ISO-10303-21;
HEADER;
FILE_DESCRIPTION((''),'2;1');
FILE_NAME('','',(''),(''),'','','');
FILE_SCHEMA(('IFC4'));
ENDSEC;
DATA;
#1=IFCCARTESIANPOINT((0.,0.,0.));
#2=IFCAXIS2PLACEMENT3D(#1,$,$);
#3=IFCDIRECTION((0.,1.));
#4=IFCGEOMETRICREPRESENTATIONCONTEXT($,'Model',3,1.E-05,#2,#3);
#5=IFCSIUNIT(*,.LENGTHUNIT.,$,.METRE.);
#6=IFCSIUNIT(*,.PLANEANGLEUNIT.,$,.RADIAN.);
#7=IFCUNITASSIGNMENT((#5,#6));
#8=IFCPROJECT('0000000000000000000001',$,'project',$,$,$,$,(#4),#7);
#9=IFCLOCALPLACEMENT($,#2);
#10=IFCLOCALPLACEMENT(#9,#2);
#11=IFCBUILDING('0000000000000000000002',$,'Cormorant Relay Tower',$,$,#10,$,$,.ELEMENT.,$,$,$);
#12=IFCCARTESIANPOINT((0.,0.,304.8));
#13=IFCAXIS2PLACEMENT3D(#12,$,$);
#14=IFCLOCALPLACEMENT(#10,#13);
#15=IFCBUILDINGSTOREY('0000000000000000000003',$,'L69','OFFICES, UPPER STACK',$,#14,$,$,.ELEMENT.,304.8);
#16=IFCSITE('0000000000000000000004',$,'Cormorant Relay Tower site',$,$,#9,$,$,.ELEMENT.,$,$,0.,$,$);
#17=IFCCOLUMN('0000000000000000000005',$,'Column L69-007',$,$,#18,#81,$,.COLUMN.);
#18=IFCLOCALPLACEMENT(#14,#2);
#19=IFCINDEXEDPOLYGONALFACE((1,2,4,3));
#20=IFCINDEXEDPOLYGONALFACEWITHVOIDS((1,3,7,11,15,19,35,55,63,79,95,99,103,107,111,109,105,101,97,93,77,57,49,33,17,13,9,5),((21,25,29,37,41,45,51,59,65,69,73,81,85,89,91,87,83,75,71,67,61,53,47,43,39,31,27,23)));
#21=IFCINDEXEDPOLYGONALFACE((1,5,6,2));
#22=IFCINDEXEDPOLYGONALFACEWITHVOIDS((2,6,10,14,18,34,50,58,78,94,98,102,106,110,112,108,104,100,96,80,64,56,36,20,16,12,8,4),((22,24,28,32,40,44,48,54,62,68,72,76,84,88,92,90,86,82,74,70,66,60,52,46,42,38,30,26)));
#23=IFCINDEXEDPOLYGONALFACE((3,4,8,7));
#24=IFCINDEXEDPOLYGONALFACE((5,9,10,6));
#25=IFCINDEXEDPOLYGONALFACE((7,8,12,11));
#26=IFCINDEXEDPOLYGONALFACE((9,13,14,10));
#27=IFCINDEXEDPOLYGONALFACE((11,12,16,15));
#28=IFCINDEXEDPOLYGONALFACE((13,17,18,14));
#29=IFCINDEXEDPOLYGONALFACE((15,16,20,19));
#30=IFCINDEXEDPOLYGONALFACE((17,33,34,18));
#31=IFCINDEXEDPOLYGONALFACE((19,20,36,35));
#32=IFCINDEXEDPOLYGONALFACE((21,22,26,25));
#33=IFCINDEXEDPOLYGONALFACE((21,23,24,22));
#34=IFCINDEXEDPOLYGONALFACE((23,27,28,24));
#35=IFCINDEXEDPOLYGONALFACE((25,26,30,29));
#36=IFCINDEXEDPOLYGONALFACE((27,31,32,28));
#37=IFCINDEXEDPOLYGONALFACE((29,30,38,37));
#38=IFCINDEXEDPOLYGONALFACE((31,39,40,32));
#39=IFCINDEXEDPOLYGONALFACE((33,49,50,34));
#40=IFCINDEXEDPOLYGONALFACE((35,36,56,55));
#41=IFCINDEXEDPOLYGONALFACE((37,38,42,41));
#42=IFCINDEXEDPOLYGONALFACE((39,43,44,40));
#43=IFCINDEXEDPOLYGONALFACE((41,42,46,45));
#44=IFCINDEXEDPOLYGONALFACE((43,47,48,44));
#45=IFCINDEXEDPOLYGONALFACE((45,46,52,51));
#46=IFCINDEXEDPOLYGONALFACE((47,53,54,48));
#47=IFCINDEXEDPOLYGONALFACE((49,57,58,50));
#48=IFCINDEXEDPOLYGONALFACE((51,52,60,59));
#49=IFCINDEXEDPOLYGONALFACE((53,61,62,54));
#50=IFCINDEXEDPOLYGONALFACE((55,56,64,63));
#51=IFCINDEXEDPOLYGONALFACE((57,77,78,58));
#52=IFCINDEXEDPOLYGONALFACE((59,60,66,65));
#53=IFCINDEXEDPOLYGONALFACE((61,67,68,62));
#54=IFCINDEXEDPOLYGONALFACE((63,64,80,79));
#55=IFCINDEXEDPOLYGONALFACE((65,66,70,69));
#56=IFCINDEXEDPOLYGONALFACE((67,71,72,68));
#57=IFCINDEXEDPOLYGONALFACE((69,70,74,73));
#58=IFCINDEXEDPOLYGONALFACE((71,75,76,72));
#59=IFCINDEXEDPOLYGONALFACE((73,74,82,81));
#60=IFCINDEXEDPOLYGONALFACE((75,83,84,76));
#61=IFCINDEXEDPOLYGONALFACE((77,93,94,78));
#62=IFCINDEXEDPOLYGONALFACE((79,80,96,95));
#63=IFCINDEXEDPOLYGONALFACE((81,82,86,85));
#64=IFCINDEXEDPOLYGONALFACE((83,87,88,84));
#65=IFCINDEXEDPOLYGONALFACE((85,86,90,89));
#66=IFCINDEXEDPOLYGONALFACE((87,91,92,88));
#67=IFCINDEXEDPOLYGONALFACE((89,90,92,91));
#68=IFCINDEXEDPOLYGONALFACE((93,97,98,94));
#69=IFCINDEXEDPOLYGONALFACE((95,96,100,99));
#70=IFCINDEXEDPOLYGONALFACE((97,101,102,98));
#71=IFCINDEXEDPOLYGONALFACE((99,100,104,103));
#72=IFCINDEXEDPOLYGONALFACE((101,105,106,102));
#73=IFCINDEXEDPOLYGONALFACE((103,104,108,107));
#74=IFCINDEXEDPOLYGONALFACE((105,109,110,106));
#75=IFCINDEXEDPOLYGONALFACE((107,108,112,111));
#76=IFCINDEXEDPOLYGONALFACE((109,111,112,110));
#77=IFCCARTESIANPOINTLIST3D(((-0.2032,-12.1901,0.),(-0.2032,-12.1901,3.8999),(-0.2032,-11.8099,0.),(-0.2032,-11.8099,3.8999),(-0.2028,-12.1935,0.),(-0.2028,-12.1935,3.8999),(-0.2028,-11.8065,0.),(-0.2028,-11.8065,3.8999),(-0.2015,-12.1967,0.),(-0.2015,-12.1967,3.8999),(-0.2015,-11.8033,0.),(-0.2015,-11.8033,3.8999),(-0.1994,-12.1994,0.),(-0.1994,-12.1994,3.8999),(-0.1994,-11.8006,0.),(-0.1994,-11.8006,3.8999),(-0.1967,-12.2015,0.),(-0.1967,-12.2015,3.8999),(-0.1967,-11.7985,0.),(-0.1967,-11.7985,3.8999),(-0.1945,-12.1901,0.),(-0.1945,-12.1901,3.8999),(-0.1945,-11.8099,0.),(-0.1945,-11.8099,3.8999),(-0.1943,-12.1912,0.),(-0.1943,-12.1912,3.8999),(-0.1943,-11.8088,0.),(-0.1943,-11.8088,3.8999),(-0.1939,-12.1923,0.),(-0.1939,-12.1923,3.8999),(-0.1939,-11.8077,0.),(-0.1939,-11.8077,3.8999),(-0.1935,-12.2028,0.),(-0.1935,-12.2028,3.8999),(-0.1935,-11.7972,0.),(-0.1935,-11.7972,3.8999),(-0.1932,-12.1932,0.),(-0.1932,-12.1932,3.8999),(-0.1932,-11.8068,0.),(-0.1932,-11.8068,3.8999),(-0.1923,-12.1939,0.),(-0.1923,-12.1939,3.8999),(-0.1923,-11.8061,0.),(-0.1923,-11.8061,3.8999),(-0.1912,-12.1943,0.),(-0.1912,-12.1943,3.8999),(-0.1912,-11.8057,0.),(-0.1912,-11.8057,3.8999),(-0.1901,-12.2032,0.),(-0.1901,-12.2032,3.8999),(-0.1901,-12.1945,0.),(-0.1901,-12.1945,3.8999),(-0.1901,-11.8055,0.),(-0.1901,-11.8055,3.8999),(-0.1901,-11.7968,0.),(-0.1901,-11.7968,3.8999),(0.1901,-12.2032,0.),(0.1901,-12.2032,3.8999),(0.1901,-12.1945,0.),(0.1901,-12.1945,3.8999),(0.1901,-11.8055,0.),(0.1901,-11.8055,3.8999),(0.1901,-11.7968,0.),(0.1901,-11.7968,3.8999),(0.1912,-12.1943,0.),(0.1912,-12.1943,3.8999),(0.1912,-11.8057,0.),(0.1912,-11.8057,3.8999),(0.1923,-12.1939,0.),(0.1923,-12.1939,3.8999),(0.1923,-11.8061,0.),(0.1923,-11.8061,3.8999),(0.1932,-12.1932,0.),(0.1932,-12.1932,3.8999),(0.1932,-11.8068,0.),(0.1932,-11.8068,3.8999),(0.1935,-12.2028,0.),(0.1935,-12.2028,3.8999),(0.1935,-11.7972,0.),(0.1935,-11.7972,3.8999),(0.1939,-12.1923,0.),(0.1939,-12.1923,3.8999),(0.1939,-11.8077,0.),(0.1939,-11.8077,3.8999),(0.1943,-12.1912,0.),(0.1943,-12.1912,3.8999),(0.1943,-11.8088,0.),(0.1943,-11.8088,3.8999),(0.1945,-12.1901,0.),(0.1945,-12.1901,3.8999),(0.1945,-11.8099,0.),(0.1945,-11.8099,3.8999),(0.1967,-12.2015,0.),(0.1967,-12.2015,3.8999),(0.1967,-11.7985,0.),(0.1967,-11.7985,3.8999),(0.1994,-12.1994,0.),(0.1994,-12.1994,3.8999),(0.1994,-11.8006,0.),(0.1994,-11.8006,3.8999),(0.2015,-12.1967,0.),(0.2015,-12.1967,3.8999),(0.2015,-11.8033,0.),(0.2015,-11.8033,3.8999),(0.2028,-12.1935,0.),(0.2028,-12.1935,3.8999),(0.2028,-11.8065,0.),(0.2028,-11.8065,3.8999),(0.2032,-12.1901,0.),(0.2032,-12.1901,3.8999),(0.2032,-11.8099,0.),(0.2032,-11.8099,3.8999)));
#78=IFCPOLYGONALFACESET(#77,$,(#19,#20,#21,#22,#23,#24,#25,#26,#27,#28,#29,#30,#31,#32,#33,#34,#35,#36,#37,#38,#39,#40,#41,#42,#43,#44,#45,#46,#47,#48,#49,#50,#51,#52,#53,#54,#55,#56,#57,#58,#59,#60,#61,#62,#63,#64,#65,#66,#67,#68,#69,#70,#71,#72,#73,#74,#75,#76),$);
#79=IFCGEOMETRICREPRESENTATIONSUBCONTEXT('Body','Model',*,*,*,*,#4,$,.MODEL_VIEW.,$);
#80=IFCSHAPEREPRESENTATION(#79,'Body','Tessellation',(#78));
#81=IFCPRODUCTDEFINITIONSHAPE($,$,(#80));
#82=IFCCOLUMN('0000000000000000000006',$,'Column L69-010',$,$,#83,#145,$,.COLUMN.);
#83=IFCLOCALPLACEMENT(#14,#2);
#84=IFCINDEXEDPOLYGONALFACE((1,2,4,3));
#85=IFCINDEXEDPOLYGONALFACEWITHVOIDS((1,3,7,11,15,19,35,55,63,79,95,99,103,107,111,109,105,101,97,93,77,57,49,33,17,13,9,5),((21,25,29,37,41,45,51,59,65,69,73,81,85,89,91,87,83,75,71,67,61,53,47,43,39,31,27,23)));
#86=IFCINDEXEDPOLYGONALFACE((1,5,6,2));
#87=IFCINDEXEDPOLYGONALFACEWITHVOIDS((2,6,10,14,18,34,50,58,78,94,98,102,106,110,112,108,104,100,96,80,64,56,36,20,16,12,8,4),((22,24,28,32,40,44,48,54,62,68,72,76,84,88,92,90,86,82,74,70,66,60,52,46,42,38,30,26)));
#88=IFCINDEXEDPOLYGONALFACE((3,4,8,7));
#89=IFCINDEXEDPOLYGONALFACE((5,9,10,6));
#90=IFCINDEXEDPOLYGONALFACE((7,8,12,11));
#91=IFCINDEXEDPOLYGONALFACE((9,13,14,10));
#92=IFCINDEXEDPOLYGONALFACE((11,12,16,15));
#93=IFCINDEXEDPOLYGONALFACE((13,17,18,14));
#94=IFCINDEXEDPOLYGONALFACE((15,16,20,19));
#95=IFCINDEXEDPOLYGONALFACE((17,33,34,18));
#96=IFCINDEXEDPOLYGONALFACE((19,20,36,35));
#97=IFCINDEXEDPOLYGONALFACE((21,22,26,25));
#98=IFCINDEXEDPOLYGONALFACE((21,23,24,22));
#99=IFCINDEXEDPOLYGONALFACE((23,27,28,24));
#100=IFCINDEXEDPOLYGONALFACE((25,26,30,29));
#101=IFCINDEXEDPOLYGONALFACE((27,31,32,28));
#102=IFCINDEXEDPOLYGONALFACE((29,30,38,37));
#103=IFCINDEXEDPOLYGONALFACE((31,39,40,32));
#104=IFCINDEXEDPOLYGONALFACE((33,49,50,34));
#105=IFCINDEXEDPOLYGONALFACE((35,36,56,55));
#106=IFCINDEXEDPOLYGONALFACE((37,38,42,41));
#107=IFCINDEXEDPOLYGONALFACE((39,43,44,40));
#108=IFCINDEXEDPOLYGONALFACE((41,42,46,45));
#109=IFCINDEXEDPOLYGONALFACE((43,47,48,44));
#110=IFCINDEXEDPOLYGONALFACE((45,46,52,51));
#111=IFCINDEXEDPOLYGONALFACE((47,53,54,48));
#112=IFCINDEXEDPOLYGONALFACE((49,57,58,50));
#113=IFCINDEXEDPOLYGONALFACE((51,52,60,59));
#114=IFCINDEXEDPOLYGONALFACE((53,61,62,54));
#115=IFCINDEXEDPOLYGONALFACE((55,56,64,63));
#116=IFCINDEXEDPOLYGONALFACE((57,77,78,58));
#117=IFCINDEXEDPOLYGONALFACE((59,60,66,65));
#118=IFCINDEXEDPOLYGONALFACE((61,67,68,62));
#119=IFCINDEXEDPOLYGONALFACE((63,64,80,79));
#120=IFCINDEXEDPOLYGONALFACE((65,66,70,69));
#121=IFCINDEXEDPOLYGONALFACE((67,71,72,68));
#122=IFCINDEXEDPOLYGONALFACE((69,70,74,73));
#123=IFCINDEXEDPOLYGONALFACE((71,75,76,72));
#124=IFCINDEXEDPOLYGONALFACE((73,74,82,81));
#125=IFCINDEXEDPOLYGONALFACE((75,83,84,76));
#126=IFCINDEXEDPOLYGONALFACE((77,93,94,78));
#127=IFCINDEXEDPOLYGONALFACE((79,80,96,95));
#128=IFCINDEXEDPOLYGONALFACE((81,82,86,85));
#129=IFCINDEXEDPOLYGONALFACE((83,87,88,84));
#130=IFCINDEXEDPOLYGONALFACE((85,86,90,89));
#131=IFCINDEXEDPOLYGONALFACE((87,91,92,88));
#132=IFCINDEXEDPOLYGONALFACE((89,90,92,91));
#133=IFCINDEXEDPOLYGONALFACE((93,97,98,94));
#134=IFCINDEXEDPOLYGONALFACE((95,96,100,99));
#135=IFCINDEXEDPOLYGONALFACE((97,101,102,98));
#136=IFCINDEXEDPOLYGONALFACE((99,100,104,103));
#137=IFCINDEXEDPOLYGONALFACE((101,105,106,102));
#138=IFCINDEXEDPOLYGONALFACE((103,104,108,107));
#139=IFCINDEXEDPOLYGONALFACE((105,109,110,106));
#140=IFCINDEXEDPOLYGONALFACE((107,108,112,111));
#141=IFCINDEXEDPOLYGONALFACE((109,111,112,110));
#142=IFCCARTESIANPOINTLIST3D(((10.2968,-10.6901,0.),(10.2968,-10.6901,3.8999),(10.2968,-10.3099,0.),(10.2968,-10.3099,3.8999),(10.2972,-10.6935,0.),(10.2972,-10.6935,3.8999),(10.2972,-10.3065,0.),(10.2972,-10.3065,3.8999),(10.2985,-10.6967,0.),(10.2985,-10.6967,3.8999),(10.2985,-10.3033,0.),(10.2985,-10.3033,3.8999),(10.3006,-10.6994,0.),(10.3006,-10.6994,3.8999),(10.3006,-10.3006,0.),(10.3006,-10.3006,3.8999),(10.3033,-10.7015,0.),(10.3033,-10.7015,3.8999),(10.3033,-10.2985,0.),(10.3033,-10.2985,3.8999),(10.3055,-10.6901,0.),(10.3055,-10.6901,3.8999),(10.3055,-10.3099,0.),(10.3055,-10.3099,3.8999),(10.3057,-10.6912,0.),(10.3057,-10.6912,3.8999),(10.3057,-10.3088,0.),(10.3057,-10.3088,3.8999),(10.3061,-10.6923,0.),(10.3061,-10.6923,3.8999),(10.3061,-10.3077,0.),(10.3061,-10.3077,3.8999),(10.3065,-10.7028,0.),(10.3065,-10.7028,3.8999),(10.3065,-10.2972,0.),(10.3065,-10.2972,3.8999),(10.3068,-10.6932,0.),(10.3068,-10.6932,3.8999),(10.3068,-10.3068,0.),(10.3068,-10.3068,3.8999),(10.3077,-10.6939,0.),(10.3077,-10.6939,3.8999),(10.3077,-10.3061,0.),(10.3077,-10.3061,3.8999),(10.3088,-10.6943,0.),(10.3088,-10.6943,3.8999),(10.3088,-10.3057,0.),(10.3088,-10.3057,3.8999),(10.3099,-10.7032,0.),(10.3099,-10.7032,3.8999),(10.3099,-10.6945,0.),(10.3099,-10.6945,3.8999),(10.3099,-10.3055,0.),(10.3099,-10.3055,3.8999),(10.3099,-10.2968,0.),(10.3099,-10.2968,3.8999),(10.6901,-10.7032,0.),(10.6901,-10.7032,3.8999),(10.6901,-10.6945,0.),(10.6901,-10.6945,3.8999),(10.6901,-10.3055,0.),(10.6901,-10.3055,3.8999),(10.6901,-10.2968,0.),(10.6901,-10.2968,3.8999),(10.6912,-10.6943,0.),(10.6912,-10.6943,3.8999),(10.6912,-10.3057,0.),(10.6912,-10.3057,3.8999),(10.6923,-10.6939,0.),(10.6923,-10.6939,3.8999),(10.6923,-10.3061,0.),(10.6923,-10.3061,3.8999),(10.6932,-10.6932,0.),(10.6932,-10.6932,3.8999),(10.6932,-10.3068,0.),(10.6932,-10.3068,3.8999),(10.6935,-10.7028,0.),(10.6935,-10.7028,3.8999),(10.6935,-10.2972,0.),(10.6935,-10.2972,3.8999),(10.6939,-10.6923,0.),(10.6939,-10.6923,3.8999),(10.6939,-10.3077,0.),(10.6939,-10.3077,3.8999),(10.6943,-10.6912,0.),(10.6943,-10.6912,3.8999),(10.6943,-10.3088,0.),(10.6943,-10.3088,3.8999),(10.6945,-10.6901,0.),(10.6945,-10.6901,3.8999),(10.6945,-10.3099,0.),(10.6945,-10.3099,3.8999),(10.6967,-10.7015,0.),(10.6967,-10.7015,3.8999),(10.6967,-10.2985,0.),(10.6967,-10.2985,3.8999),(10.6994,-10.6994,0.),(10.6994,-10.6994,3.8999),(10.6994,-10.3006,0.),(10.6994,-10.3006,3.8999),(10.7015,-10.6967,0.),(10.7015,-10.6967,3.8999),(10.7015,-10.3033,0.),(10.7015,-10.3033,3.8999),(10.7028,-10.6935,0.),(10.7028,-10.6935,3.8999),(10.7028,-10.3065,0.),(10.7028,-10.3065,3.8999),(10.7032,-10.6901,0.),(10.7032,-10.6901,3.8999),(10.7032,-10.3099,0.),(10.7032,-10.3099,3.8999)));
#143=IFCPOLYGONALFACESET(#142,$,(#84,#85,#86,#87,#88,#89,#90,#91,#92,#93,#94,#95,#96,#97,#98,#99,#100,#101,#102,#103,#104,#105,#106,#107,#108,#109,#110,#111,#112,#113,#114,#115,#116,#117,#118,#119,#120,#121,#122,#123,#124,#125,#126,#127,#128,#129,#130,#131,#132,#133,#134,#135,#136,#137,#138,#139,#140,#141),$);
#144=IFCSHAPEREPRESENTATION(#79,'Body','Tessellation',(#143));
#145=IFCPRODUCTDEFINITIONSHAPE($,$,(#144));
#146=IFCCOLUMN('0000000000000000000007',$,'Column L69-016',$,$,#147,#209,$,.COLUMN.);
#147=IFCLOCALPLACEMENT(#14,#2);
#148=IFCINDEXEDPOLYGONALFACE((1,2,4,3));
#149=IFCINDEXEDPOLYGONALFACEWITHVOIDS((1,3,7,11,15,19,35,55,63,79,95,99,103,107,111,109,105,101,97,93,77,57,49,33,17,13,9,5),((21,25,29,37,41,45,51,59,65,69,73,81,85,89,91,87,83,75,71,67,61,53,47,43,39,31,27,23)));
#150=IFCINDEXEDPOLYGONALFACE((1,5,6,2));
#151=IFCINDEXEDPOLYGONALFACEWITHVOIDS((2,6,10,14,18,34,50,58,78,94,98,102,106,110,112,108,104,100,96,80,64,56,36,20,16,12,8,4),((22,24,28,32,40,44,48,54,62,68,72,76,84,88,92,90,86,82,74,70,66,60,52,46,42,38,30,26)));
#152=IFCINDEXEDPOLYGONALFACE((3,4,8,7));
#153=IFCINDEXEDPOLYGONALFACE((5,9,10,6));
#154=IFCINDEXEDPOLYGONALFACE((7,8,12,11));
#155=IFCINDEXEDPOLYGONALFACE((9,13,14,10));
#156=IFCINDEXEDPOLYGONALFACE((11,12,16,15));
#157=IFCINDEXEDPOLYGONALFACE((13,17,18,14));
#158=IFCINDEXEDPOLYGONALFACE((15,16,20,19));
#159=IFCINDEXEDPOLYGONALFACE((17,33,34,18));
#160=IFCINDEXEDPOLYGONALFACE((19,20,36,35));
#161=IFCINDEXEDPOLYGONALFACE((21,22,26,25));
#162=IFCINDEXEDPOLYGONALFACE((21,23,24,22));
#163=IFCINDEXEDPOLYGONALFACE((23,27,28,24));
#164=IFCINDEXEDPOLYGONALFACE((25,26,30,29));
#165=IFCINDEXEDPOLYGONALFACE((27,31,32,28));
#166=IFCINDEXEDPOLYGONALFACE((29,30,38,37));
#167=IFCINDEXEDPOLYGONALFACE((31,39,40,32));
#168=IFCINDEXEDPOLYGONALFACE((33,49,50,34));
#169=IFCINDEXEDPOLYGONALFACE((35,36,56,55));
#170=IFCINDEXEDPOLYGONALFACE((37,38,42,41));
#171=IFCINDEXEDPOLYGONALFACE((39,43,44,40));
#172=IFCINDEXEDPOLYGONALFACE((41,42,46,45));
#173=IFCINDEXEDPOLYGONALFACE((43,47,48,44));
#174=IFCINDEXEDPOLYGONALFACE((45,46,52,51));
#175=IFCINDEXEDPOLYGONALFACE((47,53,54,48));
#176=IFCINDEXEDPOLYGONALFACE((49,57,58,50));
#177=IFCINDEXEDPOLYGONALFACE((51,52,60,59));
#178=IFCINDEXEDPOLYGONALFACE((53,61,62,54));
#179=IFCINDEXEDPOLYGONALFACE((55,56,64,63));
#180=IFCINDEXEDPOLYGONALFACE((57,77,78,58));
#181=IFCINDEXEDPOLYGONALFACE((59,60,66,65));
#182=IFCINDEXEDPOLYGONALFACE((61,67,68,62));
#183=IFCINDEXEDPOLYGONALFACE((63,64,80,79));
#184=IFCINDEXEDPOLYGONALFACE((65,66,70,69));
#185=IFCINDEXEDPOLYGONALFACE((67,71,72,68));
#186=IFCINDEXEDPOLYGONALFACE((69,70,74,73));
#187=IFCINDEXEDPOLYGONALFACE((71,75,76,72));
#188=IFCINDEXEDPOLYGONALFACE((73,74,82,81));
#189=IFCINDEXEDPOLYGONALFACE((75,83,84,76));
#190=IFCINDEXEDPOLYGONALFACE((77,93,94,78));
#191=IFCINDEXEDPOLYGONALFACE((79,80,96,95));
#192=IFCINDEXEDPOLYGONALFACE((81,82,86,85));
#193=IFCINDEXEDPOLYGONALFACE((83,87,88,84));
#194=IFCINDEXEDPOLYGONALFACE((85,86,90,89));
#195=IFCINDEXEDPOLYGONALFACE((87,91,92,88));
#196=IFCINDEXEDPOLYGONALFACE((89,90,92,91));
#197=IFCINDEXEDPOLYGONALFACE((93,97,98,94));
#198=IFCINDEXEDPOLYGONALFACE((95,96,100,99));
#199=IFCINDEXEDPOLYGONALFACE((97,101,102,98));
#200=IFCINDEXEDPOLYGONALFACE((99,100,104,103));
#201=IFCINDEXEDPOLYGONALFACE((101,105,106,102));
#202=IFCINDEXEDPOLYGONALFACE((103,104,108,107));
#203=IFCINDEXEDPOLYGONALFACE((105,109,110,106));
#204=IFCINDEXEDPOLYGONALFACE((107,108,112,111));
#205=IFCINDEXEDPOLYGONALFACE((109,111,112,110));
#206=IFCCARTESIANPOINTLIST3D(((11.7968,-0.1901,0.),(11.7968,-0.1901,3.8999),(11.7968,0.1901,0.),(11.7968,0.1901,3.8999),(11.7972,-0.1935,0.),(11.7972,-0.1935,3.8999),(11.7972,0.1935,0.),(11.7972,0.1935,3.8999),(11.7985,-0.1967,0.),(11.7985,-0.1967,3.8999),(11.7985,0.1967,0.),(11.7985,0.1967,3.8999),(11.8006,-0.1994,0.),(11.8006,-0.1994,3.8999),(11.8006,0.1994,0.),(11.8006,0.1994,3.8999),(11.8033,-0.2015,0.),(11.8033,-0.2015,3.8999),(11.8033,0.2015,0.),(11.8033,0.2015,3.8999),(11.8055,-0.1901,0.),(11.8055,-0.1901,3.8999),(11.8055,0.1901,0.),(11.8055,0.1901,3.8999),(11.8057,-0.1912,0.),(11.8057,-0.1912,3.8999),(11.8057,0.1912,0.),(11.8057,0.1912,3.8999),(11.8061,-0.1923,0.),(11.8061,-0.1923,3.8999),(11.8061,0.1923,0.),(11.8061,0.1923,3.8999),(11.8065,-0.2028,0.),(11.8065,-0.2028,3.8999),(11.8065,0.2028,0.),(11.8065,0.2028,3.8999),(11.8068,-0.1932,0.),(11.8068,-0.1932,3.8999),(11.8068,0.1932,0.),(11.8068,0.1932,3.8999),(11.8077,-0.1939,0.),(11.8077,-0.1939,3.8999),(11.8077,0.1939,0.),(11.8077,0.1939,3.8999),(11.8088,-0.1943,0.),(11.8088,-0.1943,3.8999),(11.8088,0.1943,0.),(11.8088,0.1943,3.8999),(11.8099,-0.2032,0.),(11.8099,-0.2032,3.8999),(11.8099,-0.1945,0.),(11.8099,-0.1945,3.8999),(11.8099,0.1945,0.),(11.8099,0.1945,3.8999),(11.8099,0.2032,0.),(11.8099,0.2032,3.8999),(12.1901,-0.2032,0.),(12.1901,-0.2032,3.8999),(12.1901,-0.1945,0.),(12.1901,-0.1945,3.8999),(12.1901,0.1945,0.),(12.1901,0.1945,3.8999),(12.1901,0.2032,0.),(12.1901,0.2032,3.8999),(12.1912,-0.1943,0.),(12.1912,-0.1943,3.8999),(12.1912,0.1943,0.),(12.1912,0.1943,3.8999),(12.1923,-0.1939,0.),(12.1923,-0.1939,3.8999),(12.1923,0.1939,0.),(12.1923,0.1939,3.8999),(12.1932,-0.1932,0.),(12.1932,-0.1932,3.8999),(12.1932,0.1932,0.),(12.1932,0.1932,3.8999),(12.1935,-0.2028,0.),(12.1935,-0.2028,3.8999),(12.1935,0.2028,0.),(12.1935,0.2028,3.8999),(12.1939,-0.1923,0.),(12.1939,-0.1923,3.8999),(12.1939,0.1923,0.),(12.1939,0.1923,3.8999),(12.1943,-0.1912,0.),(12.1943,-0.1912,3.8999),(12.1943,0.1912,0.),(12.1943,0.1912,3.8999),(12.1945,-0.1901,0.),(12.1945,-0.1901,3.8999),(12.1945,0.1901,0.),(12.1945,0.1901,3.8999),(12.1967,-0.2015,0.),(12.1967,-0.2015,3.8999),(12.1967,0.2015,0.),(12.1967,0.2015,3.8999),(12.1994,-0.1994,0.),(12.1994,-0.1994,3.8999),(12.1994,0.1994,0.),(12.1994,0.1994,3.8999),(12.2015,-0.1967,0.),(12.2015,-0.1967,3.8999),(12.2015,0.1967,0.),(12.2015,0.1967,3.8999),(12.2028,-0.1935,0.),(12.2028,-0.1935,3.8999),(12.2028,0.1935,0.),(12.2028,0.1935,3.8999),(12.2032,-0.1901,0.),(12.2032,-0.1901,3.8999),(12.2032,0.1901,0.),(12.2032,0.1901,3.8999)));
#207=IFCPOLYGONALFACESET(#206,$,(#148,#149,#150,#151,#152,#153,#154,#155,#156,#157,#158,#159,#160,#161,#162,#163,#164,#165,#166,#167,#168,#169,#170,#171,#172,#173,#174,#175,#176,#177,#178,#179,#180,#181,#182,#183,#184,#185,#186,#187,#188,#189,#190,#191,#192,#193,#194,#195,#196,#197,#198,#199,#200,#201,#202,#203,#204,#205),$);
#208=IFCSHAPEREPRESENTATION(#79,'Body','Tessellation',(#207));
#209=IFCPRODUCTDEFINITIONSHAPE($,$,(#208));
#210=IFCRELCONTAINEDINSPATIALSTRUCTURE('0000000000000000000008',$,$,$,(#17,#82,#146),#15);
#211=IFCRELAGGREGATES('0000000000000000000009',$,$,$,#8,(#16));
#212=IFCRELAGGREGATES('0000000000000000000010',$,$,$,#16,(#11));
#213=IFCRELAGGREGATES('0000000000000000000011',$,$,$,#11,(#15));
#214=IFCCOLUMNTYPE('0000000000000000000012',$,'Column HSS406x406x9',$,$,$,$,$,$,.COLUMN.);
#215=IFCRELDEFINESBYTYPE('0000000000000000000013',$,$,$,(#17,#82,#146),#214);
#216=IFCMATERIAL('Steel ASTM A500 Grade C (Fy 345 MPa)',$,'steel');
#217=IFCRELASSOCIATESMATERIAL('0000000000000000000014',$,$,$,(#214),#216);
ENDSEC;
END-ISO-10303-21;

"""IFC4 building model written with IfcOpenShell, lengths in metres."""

from ifc_helpers import new_model, si_unit, direction, frame, origin, origin_2d, place, context, subcontext, project, spatial, hollow_rectangle, extrude, material, material_profile, profile_set, type_object, element, save


model = new_model("IFC4")

# Units and contexts
model_context = context("Model", 3, precision=1e-05, world=origin(), true_north=direction((0.0, 1.0)))
body_context = subcontext(model_context, "Body", "Model", "MODEL_VIEW")
ifc_project = project(units=[si_unit("LENGTHUNIT", "METRE"), si_unit("PLANEANGLEUNIT", "RADIAN")], contexts=[model_context])

# Site, building, storey
site_placement = place(None, origin())
site = spatial("IfcSite", under=ifc_project, at=site_placement, Name="Cormorant Relay Tower site", CompositionType="ELEMENT", RefElevation=0.0)
building_placement = place(site_placement, origin())
building = spatial("IfcBuilding", under=site, at=building_placement, Name="Cormorant Relay Tower", CompositionType="ELEMENT")
storey_placement = place(building_placement, frame((0.0, 0.0, 304.8)))
storey = spatial("IfcBuildingStorey", under=building, at=storey_placement, Name="L69", Description="OFFICES, UPPER STACK", CompositionType="ELEMENT", Elevation=304.8)

# Columns
ifc_material_1 = material(Name="Steel ASTM A500 Grade C (Fy 345 MPa)", Category="steel")
ifc_material_profile = material_profile(ifc_material_1, hollow_rectangle(XDim=0.4065, YDim=0.4065, WallThickness=0.0088, InnerFilletRadius=0.0044, OuterFilletRadius=0.0132, at=origin_2d()), Name="HSS406x406x9")
ifc_profile_set = profile_set([ifc_material_profile], Name="Steel ASTM A500 Grade C (Fy 345 MPa)")
column_type = type_object("IfcColumnType", Name="Column HSS406x406x9", PredefinedType="COLUMN", material=ifc_profile_set)
for number, where, z_axis, x_axis, name in (
    (1, (0.0, -12.0, 0.0), (0.0, 0.0, 1.0), (1.0, 0.0, 0.0), "Column L69-007"),
    (2, (10.5, -10.5, 0.0), (0.0, 0.0, 1.0), (1.0, 0.0, 0.0), "Column L69-010"),
    (3, (12.0, 0.0, 0.0), (0.0, 0.0, 1.0), (1.0, 0.0, 0.0), "Column L69-016"),
):
    element("IfcColumn", number, at=place(storey_placement, frame(where, z_axis=z_axis, x_axis=x_axis)), inside=storey, type_object=column_type, Name=name, PredefinedType="COLUMN", context=body_context, shape_type="SweptSolid", body=[
        extrude(hollow_rectangle(XDim=0.4065, YDim=0.4065, WallThickness=0.0088, InnerFilletRadius=0.0044, OuterFilletRadius=0.0132, at=origin_2d()), origin(), (0.0, 0.0, 1.0), 3.8999),
    ])

save(model, "model.ifc")
